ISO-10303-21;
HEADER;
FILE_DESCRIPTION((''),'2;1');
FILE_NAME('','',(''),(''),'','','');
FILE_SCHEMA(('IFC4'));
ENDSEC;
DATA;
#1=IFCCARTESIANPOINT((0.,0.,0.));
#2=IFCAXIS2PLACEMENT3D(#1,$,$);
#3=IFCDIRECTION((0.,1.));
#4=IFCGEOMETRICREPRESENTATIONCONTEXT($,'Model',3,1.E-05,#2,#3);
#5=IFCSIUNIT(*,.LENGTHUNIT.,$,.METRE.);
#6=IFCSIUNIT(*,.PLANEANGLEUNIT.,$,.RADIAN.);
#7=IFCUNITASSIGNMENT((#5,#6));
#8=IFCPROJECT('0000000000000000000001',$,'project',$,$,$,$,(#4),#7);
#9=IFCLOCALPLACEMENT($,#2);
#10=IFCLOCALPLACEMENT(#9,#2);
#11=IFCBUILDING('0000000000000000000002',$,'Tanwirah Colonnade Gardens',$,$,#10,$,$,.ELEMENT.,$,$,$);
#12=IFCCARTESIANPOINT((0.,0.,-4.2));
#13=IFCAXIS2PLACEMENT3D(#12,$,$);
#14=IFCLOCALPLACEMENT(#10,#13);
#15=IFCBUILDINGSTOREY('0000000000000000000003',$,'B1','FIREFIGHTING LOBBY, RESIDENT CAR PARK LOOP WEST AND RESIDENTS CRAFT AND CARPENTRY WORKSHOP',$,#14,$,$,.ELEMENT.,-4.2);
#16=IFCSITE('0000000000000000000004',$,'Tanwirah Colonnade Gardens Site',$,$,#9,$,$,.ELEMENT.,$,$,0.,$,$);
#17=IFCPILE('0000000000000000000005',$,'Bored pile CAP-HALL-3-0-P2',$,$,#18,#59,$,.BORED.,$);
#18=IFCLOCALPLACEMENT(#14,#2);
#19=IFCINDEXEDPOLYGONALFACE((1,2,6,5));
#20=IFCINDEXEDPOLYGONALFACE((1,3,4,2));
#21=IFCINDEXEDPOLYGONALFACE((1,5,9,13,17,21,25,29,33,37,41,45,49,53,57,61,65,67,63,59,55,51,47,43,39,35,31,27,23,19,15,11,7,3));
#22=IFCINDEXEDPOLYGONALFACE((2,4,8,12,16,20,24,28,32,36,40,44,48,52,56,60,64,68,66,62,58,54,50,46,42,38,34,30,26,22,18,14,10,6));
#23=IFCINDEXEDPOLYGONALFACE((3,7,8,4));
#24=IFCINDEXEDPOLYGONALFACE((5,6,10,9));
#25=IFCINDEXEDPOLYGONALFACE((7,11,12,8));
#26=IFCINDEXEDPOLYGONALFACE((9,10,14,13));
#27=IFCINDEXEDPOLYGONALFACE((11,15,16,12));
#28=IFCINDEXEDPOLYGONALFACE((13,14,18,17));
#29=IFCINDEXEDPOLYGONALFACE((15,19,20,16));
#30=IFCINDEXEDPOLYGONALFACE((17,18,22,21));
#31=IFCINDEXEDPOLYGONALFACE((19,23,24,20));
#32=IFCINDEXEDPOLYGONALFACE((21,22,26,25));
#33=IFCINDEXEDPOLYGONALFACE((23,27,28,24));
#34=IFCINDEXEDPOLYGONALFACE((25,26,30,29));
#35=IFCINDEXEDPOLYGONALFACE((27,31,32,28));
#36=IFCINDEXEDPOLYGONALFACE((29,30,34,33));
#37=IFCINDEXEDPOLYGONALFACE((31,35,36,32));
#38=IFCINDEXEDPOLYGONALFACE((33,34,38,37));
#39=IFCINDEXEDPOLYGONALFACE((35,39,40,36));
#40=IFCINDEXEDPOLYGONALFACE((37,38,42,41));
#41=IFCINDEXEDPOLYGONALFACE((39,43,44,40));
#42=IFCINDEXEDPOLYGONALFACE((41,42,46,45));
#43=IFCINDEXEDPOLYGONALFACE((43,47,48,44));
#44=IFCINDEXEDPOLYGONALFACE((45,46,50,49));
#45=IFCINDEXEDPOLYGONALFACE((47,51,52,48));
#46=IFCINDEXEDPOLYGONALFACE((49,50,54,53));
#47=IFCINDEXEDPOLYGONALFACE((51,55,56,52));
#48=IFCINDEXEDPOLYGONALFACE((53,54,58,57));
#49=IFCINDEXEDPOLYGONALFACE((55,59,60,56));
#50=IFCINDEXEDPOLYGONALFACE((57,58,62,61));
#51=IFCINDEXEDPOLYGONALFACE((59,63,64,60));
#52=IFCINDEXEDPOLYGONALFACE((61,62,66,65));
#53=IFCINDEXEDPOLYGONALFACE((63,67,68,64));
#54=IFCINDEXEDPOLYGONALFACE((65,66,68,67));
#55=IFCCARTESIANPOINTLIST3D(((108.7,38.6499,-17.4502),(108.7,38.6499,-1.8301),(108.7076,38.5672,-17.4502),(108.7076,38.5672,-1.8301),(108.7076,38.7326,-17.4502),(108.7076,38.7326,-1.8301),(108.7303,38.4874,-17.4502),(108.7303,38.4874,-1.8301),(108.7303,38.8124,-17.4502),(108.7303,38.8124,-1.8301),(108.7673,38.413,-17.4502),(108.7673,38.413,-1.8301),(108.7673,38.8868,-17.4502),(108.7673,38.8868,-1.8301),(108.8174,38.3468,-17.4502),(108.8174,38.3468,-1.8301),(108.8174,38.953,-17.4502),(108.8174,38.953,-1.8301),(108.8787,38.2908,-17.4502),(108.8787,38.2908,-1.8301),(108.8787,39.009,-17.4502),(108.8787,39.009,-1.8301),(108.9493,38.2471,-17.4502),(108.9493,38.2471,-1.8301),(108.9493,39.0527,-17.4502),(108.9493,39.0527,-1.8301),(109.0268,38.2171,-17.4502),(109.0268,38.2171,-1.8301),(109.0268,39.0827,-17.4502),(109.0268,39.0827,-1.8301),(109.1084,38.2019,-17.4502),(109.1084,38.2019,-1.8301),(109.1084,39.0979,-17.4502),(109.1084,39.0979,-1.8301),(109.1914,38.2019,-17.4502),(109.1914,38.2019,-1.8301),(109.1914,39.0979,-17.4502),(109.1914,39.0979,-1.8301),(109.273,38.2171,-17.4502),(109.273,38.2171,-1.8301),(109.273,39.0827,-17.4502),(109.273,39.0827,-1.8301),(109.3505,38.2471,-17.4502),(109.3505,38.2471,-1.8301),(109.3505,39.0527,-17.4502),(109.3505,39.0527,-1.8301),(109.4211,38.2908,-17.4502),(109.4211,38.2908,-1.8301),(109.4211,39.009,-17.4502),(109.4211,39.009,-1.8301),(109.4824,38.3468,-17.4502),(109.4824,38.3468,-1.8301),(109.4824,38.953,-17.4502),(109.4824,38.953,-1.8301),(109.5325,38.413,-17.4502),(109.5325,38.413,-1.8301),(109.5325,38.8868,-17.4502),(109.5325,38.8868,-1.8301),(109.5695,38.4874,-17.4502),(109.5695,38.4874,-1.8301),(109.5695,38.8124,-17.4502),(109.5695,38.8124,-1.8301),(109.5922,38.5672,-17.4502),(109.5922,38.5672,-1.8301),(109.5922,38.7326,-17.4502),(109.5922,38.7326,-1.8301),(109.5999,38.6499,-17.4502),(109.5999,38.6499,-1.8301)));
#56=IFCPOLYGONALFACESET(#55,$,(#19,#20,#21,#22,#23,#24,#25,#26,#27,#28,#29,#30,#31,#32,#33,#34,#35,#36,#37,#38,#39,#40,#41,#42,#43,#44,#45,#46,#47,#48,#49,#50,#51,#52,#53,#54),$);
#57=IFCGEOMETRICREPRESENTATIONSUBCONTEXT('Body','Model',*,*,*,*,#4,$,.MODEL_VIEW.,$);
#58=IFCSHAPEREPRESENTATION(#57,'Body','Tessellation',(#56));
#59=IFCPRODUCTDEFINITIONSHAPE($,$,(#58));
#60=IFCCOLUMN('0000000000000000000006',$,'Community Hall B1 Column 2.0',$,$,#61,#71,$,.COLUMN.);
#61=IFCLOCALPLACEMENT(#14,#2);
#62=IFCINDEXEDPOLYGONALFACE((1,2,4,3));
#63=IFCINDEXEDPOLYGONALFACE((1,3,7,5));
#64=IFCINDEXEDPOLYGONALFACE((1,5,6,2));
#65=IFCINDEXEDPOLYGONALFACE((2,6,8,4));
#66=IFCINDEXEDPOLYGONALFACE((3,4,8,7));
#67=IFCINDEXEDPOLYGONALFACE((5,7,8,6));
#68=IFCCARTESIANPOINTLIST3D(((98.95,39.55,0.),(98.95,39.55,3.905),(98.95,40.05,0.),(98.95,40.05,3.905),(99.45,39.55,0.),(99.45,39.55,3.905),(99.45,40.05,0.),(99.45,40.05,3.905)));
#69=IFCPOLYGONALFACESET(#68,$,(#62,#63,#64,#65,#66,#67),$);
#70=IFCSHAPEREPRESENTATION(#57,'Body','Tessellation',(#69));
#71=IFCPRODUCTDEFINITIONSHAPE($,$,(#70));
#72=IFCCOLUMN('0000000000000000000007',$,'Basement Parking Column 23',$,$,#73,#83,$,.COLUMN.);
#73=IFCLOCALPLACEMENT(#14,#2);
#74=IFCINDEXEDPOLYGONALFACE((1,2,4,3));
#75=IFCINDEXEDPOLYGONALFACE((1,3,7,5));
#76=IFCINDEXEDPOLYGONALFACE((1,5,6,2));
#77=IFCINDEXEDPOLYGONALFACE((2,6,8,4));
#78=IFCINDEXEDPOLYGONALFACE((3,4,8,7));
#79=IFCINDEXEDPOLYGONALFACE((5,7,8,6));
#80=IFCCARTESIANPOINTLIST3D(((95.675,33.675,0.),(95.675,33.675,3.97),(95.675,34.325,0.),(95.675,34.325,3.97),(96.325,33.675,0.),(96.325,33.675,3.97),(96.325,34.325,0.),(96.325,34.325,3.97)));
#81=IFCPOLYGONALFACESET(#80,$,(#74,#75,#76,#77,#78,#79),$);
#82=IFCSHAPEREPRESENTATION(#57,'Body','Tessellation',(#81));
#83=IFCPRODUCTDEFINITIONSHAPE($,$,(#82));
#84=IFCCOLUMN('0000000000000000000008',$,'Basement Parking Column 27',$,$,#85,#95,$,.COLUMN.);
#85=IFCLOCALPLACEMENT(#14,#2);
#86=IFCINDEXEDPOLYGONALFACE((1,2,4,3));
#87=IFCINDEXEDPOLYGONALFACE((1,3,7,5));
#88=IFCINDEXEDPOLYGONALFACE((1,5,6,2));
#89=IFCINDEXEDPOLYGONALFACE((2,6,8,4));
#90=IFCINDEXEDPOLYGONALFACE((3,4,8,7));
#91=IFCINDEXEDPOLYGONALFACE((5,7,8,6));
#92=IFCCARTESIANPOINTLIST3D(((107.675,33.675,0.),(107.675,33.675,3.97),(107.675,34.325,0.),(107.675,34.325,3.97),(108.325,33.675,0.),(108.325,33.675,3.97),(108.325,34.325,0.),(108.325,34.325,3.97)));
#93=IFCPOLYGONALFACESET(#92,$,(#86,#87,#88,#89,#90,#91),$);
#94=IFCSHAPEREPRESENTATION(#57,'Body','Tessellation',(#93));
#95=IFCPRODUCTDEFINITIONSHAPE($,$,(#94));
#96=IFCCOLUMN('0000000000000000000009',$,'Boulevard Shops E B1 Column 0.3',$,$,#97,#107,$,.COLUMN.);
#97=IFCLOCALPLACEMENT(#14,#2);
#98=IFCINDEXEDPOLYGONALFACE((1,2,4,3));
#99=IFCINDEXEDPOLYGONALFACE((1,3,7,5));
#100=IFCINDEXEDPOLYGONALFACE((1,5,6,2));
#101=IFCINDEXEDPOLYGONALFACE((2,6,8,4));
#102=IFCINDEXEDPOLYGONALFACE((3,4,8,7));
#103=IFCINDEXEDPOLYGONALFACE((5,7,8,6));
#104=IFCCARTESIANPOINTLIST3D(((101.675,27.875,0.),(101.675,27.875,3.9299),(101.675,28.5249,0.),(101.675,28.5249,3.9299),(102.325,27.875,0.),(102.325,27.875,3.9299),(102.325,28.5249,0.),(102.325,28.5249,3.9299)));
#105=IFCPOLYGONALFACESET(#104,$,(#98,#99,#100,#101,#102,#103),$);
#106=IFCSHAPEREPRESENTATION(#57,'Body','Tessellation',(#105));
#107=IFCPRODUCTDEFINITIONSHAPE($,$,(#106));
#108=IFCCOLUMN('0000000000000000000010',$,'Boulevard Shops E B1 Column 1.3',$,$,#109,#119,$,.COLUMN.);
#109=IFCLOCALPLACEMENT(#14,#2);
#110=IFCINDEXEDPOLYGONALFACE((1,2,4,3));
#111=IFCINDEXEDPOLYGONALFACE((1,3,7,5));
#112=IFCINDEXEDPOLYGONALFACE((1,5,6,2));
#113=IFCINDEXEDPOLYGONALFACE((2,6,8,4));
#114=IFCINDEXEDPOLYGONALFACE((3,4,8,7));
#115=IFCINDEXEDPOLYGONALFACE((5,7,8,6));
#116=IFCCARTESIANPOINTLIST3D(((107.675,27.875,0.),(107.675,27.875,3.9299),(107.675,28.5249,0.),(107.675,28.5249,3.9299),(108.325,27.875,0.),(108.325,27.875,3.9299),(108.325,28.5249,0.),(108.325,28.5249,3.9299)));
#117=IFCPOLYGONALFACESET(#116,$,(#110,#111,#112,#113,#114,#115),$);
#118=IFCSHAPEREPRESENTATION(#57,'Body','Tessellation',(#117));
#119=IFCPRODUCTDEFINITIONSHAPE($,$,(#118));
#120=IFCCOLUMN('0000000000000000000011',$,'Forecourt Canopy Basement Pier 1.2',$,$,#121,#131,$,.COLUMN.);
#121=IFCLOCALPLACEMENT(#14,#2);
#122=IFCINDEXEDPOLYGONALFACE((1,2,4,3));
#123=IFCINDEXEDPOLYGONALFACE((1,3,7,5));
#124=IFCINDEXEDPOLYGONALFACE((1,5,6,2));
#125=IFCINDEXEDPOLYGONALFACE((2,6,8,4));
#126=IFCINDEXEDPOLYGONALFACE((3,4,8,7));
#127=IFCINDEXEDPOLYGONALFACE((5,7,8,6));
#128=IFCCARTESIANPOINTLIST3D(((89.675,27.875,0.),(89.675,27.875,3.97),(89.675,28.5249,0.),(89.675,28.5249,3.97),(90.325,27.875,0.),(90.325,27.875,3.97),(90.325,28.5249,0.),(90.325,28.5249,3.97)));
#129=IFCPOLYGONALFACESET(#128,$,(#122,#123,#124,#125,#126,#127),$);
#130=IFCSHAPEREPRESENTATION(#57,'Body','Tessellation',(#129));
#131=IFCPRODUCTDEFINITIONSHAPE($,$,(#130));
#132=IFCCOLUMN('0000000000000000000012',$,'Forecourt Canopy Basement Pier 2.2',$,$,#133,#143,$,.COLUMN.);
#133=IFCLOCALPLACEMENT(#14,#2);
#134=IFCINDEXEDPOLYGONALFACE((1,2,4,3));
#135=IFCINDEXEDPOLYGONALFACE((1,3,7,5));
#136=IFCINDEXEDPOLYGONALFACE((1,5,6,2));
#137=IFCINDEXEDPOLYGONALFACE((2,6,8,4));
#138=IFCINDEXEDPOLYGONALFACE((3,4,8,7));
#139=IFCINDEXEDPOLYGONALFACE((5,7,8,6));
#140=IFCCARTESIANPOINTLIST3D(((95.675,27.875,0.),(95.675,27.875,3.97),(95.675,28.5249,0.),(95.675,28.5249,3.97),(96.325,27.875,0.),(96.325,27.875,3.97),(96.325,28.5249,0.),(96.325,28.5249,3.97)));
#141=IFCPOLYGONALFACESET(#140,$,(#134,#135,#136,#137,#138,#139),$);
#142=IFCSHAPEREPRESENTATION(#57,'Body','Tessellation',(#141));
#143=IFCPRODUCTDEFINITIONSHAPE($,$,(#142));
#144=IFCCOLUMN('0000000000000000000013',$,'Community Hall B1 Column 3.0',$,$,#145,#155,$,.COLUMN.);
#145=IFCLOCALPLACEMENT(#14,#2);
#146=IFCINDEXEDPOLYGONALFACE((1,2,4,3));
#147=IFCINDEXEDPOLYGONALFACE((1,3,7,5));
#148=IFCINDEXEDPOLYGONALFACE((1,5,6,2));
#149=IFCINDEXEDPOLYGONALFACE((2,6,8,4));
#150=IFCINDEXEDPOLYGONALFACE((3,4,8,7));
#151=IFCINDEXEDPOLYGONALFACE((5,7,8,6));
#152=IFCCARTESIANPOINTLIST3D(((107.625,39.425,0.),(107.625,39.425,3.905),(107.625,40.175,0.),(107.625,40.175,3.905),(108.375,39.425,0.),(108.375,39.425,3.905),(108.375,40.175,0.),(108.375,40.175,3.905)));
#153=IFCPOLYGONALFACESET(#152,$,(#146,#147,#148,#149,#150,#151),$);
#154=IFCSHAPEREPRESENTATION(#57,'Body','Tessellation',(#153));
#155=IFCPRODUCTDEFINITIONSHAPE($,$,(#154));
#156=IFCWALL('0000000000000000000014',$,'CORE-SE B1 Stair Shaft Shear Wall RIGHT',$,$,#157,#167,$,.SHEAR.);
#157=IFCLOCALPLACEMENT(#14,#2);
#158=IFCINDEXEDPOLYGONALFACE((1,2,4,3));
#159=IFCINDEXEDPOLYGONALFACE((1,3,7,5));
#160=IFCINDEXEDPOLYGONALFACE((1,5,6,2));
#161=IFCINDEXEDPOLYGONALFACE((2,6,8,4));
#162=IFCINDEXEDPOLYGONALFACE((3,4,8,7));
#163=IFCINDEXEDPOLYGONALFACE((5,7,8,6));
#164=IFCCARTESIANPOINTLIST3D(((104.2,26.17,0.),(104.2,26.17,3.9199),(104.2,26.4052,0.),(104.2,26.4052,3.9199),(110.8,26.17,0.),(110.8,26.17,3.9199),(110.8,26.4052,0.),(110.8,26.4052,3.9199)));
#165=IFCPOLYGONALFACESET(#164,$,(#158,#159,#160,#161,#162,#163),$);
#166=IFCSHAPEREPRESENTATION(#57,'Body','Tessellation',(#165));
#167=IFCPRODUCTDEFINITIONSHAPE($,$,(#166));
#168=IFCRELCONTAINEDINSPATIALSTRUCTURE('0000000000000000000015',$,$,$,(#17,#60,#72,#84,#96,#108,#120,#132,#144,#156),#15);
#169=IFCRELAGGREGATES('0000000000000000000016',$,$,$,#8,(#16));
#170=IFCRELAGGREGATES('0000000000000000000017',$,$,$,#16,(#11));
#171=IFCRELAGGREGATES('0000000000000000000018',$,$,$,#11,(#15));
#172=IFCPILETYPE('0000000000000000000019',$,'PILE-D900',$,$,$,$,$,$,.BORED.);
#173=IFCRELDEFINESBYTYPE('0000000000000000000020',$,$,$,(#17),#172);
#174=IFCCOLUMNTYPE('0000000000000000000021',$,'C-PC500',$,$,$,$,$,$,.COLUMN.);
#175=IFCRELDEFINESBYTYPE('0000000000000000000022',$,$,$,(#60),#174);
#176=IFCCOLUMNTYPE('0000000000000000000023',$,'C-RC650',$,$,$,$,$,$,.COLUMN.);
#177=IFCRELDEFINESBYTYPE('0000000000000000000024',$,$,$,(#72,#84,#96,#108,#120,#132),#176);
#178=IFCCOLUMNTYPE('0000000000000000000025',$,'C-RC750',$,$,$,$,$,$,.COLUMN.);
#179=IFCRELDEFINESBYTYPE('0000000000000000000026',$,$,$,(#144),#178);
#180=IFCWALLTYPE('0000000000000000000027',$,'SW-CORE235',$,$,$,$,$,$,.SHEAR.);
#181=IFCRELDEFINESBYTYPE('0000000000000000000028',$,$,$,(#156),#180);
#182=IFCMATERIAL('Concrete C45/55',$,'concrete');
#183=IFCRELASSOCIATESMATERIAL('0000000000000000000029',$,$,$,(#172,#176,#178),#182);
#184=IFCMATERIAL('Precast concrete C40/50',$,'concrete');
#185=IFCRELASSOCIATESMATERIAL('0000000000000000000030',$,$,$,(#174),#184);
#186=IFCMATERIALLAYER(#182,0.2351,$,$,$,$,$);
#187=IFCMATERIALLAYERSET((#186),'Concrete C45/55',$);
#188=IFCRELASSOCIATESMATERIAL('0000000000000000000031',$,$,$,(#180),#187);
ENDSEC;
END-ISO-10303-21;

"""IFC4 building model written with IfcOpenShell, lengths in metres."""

from ifc_helpers import new_model, si_unit, direction, frame, frame_2d, origin, origin_2d, place, context, subcontext, project, spatial, rectangle, circle, extrude, material, layer, layer_set, material_profile, profile_set, type_object, element, save


model = new_model("IFC4")

# Units and contexts
model_context = context("Model", 3, precision=1e-05, world=origin(), true_north=direction((0.0, 1.0)))
body_context = subcontext(model_context, "Body", "Model", "MODEL_VIEW")
ifc_project = project(units=[si_unit("LENGTHUNIT", "METRE"), si_unit("PLANEANGLEUNIT", "RADIAN")], contexts=[model_context])

# Site, building, storey
site_placement = place(None, origin())
site = spatial("IfcSite", under=ifc_project, at=site_placement, Name="Tanwirah Colonnade Gardens Site", CompositionType="ELEMENT", RefElevation=0.0)
building_placement = place(site_placement, origin())
building = spatial("IfcBuilding", under=site, at=building_placement, Name="Tanwirah Colonnade Gardens", CompositionType="ELEMENT")
storey_placement = place(building_placement, frame((0.0, 0.0, -4.2)))
storey = spatial("IfcBuildingStorey", under=building, at=storey_placement, Name="B1", Description="FIREFIGHTING LOBBY, RESIDENT CAR PARK LOOP WEST AND RESIDENTS CRAFT AND CARPENTRY WORKSHOP", CompositionType="ELEMENT", Elevation=-4.2)

# Shared definitions
ifc_material_1 = material(Name="Concrete C45/55", Category="concrete")

# Pile
ifc_material_profile_1 = material_profile(ifc_material_1, circle(Radius=0.45, at=origin_2d()), Name="PILE D900")
ifc_profile_set_1 = profile_set([ifc_material_profile_1], Name="Concrete C45/55")
pile_type_1 = type_object("IfcPileType", Name="PILE-D900", PredefinedType="BORED", material=ifc_profile_set_1)
for number, where, z_axis, x_axis, name in (
    (1, (109.1499, 38.6499, -1.8301), (0.0, 0.0, -1.0), (1.0, 0.0, 0.0), "Bored pile CAP-HALL-3-0-P2"),
):
    element("IfcPile", number, at=place(storey_placement, frame(where, z_axis=z_axis, x_axis=x_axis)), inside=storey, type_object=pile_type_1, Name=name, PredefinedType="BORED", context=body_context, shape_type="SweptSolid", body=[
        extrude(circle(Radius=0.45, at=origin_2d()), origin(), (0.0, 0.0, 1.0), 15.6201),
    ])

# Columns
ifc_material_2 = material(Name="Precast concrete C40/50", Category="concrete")
ifc_material_profile_2 = material_profile(ifc_material_2, rectangle(XDim=0.5, YDim=0.5, at=origin_2d()), Name="PC-COL 500x500")
ifc_profile_set_2 = profile_set([ifc_material_profile_2], Name="Precast concrete C40/50")
column_type_1 = type_object("IfcColumnType", Name="C-PC500", PredefinedType="COLUMN", material=ifc_profile_set_2)
column_1_placement = place(storey_placement, frame((99.2, 39.8, 0.0), z_axis=(0.0, 0.0, 1.0), x_axis=(1.0, 0.0, 0.0)))
element("IfcColumn", 2, at=column_1_placement, inside=storey, type_object=column_type_1, Name="Community Hall B1 Column 2.0", PredefinedType="COLUMN", context=body_context, shape_type="SweptSolid", body=[
    extrude(rectangle(XDim=0.5, YDim=0.5, at=origin_2d()), origin(), (0.0, 0.0, 1.0), 3.905),
])
ifc_material_profile_3 = material_profile(ifc_material_1, rectangle(XDim=0.6499, YDim=0.6499, at=origin_2d()), Name="RC-COL 650x650")
ifc_profile_set_3 = profile_set([ifc_material_profile_3], Name="Concrete C45/55")
column_type_2 = type_object("IfcColumnType", Name="C-RC650", PredefinedType="COLUMN", material=ifc_profile_set_3)
for number, where, z_axis, x_axis, name in (
    (3, (96.0, 34.0, 0.0), (0.0, 0.0, 1.0), (1.0, 0.0, 0.0), "Basement Parking Column 23"),
    (4, (108.0, 34.0, 0.0), (0.0, 0.0, 1.0), (1.0, 0.0, 0.0), "Basement Parking Column 27"),
):
    element("IfcColumn", number, at=place(storey_placement, frame(where, z_axis=z_axis, x_axis=x_axis)), inside=storey, type_object=column_type_2, Name=name, PredefinedType="COLUMN", context=body_context, shape_type="SweptSolid", body=[
        extrude(rectangle(XDim=0.6499, YDim=0.6499, at=origin_2d()), origin(), (0.0, 0.0, 1.0), 3.97),
    ])
for number, where, z_axis, x_axis, name in (
    (5, (102.0, 28.2, 0.0), (0.0, 0.0, 1.0), (1.0, 0.0, 0.0), "Boulevard Shops E B1 Column 0.3"),
    (6, (108.0, 28.2, 0.0), (0.0, 0.0, 1.0), (1.0, 0.0, 0.0), "Boulevard Shops E B1 Column 1.3"),
):
    element("IfcColumn", number, at=place(storey_placement, frame(where, z_axis=z_axis, x_axis=x_axis)), inside=storey, type_object=column_type_2, Name=name, PredefinedType="COLUMN", context=body_context, shape_type="SweptSolid", body=[
        extrude(rectangle(XDim=0.6499, YDim=0.6499, at=origin_2d()), origin(), (0.0, 0.0, 1.0), 3.9299),
    ])
for number, where, z_axis, x_axis, name in (
    (7, (90.0, 28.2, 0.0), (0.0, 0.0, 1.0), (1.0, 0.0, 0.0), "Forecourt Canopy Basement Pier 1.2"),
    (8, (96.0, 28.2, 0.0), (0.0, 0.0, 1.0), (1.0, 0.0, 0.0), "Forecourt Canopy Basement Pier 2.2"),
):
    element("IfcColumn", number, at=place(storey_placement, frame(where, z_axis=z_axis, x_axis=x_axis)), inside=storey, type_object=column_type_2, Name=name, PredefinedType="COLUMN", context=body_context, shape_type="SweptSolid", body=[
        extrude(rectangle(XDim=0.6499, YDim=0.6499, at=origin_2d()), origin(), (0.0, 0.0, 1.0), 3.97),
    ])
ifc_material_profile_4 = material_profile(ifc_material_1, rectangle(XDim=0.75, YDim=0.75, at=origin_2d()), Name="RC-COL 750x750")
ifc_profile_set_4 = profile_set([ifc_material_profile_4], Name="Concrete C45/55")
column_type_3 = type_object("IfcColumnType", Name="C-RC750", PredefinedType="COLUMN", material=ifc_profile_set_4)
column_2_placement = place(storey_placement, frame((108.0, 39.8, 0.0), z_axis=(0.0, 0.0, 1.0), x_axis=(1.0, 0.0, 0.0)))
element("IfcColumn", 9, at=column_2_placement, inside=storey, type_object=column_type_3, Name="Community Hall B1 Column 3.0", PredefinedType="COLUMN", context=body_context, shape_type="SweptSolid", body=[
    extrude(rectangle(XDim=0.75, YDim=0.75, at=origin_2d()), origin(), (0.0, 0.0, 1.0), 3.905),
])

# Wall
ifc_layer = layer(ifc_material_1, 0.2351)
ifc_layer_set = layer_set([ifc_layer], Name="Concrete C45/55")
wall_type = type_object("IfcWallType", Name="SW-CORE235", PredefinedType="SHEAR", material=ifc_layer_set)
wall_placement = place(storey_placement, frame((104.2, 26.2876, 0.0), z_axis=(0.0, 0.0, 1.0), x_axis=(1.0, 0.0, 0.0)))
element("IfcWall", 10, at=wall_placement, inside=storey, type_object=wall_type, Name="CORE-SE B1 Stair Shaft Shear Wall RIGHT", PredefinedType="SHEAR", context=body_context, shape_type="SweptSolid", body=[
    extrude(rectangle(XDim=6.6001, YDim=0.2351, at=frame_2d((3.3, 0.0))), origin(), (0.0, 0.0, 1.0), 3.9199),
])

save(model, "model.ifc")
